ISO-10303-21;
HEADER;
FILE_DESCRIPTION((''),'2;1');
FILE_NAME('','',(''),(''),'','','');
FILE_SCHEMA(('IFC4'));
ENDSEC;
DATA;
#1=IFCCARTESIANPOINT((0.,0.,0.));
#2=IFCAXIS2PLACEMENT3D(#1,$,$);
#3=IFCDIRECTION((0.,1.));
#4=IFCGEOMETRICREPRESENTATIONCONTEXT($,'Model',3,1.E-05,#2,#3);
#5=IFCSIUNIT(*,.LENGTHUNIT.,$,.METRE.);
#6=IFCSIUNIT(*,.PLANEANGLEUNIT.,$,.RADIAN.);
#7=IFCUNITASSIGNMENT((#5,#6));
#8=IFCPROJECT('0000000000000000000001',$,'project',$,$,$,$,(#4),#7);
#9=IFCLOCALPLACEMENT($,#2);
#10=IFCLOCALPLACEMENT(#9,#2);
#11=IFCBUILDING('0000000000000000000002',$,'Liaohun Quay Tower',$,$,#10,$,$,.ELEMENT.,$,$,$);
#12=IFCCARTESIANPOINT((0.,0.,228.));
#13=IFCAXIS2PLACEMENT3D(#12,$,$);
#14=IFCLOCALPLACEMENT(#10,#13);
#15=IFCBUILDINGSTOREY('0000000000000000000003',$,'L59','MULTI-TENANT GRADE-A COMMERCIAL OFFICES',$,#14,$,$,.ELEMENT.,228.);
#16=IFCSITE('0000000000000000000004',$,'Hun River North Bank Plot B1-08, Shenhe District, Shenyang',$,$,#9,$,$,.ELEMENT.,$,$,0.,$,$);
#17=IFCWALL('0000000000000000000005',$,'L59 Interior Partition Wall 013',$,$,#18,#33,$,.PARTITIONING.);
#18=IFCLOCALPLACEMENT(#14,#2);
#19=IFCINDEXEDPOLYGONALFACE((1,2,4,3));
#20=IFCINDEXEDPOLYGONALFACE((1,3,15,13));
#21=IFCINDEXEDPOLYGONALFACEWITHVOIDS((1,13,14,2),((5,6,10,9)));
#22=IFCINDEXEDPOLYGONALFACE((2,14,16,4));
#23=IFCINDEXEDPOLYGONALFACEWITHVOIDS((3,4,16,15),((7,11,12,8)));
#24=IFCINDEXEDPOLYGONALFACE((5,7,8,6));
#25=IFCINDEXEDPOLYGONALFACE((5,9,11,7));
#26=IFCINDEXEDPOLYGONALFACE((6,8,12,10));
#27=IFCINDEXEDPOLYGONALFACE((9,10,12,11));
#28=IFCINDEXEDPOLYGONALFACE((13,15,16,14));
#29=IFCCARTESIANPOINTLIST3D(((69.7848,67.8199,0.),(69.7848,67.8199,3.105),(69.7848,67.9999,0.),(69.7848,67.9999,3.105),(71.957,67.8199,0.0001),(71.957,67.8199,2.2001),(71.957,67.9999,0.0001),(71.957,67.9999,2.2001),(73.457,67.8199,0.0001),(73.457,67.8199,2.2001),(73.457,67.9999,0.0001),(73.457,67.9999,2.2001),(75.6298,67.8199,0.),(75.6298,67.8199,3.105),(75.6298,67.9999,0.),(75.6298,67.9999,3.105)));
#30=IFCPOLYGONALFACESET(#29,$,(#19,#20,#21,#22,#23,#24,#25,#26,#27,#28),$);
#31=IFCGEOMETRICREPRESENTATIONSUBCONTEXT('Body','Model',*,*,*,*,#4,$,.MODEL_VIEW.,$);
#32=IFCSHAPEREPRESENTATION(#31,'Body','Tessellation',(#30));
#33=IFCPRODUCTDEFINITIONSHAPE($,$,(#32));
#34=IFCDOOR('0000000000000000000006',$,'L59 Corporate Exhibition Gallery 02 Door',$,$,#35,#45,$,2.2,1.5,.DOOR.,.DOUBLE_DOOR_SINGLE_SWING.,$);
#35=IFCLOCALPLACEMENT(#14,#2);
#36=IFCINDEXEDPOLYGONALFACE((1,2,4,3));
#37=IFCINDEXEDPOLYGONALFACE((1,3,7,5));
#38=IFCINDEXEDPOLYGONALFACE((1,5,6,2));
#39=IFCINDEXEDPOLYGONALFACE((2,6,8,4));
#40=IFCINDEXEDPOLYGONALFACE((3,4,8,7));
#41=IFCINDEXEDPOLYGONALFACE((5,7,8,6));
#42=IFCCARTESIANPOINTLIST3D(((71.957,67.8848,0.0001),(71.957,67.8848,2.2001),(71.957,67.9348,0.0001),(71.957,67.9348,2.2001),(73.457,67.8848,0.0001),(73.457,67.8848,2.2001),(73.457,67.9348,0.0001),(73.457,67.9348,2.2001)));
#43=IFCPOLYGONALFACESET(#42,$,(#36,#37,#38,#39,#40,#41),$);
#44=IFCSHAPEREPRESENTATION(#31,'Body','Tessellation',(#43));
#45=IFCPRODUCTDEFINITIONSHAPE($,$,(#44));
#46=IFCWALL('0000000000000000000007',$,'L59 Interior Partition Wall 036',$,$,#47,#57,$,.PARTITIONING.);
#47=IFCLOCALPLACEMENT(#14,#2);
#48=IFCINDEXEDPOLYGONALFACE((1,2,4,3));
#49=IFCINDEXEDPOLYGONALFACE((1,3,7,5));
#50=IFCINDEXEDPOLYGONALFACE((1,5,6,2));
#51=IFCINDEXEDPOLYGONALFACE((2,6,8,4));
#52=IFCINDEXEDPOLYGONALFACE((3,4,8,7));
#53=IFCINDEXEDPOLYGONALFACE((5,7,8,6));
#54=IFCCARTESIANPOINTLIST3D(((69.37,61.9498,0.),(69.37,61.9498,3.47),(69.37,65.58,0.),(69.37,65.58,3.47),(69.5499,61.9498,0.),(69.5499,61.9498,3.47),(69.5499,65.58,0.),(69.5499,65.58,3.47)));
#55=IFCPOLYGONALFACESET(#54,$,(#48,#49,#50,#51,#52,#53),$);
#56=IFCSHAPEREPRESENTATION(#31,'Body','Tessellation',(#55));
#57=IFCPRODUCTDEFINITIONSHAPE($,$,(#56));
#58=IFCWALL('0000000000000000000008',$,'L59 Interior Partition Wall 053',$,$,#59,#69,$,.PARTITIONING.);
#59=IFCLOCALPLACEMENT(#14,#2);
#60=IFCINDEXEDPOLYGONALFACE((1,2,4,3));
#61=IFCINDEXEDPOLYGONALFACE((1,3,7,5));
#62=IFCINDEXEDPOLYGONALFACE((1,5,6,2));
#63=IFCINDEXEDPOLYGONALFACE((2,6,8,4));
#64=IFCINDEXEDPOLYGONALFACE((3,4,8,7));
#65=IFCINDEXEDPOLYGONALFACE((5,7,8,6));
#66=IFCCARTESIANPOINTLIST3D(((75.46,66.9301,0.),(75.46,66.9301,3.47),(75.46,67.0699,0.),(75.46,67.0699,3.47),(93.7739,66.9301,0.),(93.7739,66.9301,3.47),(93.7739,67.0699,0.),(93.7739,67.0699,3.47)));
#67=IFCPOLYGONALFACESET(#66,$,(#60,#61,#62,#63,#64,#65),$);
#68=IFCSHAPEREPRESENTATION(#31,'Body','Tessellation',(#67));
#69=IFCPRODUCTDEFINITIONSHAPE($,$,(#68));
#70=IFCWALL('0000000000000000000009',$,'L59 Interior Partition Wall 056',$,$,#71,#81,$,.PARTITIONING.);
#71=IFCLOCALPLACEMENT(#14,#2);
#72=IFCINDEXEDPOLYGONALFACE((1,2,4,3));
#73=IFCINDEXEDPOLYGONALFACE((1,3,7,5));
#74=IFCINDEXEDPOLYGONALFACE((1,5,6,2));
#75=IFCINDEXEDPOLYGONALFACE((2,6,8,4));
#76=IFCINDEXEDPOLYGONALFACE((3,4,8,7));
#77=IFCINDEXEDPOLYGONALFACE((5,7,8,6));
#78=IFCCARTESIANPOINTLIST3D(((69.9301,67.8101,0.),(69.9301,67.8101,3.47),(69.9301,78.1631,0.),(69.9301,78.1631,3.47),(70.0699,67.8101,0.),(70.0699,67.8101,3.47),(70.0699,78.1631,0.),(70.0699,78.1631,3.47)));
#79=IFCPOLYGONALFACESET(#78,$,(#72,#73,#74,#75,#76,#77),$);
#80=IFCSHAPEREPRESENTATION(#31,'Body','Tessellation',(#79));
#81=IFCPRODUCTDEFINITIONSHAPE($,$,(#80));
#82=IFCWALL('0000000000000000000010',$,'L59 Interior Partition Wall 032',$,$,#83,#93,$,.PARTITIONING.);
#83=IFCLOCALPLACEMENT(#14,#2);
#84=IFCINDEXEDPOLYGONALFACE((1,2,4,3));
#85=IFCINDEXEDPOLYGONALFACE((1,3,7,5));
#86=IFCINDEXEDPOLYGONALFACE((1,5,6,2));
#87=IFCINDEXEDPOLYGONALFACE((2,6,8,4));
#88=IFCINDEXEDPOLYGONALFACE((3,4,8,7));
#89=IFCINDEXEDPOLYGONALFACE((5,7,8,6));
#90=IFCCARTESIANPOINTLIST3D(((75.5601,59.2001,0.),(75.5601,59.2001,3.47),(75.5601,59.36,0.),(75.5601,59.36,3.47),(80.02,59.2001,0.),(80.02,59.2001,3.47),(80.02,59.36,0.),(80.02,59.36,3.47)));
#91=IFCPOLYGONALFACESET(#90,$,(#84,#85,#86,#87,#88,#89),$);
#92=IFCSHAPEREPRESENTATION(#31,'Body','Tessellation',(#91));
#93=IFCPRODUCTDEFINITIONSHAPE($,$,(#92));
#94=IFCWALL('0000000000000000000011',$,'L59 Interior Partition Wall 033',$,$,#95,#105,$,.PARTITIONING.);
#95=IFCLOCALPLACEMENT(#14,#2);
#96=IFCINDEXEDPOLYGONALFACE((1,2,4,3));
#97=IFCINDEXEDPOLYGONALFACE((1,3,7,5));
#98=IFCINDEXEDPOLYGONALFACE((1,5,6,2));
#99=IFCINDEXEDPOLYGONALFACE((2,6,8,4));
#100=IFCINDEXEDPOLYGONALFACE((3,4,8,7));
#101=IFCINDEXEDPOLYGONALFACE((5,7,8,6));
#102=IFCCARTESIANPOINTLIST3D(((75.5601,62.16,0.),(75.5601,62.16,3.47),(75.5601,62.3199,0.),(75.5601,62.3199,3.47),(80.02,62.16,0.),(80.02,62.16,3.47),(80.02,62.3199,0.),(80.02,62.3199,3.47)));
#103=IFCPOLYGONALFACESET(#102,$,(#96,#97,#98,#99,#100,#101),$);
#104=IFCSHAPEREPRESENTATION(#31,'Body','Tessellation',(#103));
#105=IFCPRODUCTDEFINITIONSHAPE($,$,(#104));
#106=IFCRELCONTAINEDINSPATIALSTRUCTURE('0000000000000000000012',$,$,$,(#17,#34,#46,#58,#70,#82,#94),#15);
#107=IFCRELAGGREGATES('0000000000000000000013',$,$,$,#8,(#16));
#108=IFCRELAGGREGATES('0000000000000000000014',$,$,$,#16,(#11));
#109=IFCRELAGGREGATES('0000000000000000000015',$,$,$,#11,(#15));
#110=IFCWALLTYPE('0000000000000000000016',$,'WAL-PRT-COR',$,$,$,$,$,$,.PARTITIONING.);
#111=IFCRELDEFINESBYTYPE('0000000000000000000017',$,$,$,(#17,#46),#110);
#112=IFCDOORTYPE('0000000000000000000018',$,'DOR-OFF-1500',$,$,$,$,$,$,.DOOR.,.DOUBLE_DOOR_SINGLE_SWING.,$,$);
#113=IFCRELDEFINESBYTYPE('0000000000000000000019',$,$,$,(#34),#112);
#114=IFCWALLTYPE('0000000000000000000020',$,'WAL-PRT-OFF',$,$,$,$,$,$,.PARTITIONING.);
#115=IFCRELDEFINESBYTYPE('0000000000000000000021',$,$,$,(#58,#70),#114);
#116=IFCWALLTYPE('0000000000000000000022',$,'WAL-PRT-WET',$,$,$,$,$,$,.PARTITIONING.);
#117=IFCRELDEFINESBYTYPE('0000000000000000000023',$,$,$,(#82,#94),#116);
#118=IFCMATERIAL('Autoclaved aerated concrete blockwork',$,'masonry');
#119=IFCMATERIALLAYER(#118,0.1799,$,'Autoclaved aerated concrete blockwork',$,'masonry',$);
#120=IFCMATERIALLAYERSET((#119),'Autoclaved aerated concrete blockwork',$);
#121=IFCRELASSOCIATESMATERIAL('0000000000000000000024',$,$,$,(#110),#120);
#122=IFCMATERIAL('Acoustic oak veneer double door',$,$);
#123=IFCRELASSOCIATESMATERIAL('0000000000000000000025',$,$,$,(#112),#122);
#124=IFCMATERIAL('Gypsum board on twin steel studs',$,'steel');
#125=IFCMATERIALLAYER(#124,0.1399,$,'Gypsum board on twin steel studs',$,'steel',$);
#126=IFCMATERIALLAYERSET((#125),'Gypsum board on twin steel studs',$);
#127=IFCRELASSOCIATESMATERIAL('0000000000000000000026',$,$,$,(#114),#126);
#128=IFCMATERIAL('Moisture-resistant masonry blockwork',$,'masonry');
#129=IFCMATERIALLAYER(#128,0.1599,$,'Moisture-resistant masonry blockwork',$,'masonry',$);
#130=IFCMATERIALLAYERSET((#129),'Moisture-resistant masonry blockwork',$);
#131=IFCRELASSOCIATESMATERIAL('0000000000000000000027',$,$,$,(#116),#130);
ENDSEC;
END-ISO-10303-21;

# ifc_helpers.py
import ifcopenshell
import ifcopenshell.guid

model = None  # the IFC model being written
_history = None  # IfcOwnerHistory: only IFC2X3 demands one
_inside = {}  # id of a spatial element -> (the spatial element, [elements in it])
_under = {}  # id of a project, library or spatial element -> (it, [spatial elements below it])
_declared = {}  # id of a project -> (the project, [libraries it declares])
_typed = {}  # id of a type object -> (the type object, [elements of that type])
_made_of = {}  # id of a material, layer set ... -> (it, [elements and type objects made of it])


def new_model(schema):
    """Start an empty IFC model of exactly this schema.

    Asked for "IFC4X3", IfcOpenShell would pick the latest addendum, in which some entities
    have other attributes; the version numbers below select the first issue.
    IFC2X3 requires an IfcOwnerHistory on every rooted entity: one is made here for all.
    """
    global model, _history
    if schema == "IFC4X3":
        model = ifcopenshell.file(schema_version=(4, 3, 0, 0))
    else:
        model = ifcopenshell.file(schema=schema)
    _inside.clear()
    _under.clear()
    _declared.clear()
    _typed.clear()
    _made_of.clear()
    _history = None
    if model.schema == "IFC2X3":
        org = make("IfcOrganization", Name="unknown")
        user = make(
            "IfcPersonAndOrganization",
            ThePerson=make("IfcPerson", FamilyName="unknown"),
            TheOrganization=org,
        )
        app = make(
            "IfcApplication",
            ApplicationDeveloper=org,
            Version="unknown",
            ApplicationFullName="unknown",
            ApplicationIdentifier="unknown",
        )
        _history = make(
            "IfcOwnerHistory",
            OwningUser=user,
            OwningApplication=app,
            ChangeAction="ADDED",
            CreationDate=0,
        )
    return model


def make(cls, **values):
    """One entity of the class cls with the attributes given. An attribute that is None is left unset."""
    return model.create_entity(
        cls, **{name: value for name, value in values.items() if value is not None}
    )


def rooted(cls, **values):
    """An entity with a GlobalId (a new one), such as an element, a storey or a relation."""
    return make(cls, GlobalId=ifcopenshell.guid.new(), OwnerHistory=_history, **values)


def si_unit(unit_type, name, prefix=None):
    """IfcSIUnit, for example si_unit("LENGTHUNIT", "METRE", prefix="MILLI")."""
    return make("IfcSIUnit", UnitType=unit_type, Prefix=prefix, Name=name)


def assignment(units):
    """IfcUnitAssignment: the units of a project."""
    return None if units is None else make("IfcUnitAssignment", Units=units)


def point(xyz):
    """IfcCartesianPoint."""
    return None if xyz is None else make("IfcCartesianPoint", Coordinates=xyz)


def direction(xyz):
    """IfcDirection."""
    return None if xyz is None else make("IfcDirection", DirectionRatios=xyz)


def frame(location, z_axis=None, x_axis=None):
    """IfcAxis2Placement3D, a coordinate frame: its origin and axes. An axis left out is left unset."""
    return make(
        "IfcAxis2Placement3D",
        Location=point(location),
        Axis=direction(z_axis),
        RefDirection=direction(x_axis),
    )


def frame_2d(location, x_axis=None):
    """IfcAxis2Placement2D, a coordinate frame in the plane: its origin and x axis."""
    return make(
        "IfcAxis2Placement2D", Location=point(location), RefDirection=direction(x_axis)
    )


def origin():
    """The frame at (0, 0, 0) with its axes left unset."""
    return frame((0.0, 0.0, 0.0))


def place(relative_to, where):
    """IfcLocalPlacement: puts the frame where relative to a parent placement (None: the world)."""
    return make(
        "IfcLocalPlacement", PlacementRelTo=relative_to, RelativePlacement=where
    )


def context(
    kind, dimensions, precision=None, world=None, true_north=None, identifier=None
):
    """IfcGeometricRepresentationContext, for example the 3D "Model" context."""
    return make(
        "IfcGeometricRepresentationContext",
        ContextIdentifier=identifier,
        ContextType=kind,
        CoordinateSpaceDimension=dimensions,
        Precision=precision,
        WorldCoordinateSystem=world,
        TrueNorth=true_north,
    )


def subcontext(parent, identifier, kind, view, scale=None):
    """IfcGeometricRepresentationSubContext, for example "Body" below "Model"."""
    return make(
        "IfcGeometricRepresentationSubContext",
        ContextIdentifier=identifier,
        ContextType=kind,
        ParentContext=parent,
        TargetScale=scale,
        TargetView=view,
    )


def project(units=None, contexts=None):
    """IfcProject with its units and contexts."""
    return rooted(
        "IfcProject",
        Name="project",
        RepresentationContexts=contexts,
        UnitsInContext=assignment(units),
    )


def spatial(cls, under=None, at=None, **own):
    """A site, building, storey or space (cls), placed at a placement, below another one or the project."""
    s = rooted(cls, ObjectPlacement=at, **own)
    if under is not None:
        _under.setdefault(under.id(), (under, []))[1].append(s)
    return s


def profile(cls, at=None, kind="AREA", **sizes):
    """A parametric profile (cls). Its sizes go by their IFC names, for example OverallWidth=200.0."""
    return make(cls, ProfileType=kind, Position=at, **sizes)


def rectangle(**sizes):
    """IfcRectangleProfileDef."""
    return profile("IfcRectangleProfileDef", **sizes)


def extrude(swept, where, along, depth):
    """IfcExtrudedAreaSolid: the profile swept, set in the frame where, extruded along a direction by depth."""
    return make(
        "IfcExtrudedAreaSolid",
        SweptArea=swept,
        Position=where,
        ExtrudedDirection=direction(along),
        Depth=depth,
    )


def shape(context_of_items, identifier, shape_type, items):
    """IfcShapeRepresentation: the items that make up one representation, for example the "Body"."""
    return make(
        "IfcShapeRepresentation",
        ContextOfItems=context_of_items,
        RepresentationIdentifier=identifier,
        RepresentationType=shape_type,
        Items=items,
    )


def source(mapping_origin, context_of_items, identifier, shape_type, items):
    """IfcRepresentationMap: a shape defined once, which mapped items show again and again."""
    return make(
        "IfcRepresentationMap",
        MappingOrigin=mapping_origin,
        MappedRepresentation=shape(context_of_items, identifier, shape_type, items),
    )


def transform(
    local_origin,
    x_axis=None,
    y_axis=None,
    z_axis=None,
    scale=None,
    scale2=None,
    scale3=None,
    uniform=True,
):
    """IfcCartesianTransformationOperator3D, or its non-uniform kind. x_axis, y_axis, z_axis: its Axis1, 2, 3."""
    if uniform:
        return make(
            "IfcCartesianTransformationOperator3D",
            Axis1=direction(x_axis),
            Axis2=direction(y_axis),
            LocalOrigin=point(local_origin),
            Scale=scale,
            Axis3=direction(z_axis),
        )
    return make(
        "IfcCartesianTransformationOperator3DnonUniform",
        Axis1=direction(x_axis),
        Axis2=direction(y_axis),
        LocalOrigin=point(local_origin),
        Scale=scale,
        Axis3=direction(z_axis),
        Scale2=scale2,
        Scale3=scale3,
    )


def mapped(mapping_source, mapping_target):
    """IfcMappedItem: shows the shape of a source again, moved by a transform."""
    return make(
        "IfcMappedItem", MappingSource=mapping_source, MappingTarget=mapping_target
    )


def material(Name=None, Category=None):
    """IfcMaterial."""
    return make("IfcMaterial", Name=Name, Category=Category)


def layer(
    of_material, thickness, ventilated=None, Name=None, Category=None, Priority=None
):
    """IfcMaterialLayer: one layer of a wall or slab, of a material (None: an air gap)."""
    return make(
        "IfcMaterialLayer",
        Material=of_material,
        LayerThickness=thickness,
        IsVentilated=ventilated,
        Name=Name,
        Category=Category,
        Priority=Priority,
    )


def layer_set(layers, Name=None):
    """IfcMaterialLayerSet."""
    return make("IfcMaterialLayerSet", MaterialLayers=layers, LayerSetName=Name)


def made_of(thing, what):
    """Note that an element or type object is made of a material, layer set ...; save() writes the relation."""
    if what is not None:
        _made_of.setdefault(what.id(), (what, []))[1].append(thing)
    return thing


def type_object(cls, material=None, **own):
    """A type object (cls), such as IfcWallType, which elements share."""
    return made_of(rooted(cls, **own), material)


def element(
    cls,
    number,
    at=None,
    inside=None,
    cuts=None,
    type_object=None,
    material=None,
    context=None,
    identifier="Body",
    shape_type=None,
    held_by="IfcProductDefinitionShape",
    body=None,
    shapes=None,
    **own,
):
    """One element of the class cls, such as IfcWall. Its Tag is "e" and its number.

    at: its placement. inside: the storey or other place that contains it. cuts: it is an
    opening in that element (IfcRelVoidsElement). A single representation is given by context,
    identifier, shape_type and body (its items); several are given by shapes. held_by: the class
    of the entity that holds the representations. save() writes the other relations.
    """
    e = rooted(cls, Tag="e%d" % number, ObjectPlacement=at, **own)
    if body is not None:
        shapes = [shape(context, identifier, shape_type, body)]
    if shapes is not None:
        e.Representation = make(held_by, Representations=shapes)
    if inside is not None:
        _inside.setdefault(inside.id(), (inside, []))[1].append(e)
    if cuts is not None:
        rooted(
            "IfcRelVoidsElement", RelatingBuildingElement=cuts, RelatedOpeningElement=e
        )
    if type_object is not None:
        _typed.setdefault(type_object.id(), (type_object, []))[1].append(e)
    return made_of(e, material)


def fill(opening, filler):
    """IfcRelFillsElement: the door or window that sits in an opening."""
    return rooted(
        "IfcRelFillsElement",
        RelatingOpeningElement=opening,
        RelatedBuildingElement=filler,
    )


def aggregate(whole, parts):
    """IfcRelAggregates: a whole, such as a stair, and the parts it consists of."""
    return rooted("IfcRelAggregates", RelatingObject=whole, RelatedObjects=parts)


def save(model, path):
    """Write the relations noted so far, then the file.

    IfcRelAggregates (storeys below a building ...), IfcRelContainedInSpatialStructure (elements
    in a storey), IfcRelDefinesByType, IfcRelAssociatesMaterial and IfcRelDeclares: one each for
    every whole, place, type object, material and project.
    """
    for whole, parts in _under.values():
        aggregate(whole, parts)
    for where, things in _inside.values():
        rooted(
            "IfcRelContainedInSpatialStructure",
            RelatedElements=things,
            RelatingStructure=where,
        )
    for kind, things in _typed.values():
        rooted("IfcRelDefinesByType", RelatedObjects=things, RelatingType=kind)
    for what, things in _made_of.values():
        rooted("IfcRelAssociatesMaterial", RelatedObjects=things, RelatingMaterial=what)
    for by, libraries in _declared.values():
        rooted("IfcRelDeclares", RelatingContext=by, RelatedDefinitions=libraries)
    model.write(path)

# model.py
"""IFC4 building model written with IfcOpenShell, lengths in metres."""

from ifc_helpers import new_model, si_unit, direction, frame, frame_2d, origin, place, context, subcontext, project, spatial, rectangle, extrude, source, transform, mapped, material, layer, layer_set, type_object, element, fill, save


model = new_model("IFC4")

# Units and contexts
model_context = context("Model", 3, precision=1e-05, world=origin(), true_north=direction((0.0, 1.0)))
body_context = subcontext(model_context, "Body", "Model", "MODEL_VIEW")
ifc_project = project(units=[si_unit("LENGTHUNIT", "METRE"), si_unit("PLANEANGLEUNIT", "RADIAN")], contexts=[model_context])

# Site, building, storey
site_placement = place(None, origin())
site = spatial("IfcSite", under=ifc_project, at=site_placement, Name="Hun River North Bank Plot B1-08, Shenhe District, Shenyang", CompositionType="ELEMENT", RefElevation=0.0)
building_placement = place(site_placement, origin())
building = spatial("IfcBuilding", under=site, at=building_placement, Name="Liaohun Quay Tower", CompositionType="ELEMENT")
storey_placement = place(building_placement, frame((0.0, 0.0, 228.0)))
storey = spatial("IfcBuildingStorey", under=building, at=storey_placement, Name="L59", Description="MULTI-TENANT GRADE-A COMMERCIAL OFFICES", CompositionType="ELEMENT", Elevation=228.0)

# Wall, opening, door
ifc_material_1 = material(Name="Autoclaved aerated concrete blockwork", Category="masonry")
ifc_layer_1 = layer(ifc_material_1, 0.1799, Name="Autoclaved aerated concrete blockwork", Category="masonry")
ifc_layer_set_1 = layer_set([ifc_layer_1], Name="Autoclaved aerated concrete blockwork")
wall_type_1 = type_object("IfcWallType", Name="WAL-PRT-COR", PredefinedType="PARTITIONING", material=ifc_layer_set_1)
wall_1_placement = place(storey_placement, frame((69.7849, 67.9099, 0.0), z_axis=(0.0, 0.0, 1.0), x_axis=(1.0, 0.0, 0.0)))
wall_1 = element("IfcWall", 1, at=wall_1_placement, inside=storey, type_object=wall_type_1, Name="L59 Interior Partition Wall 013", PredefinedType="PARTITIONING", context=body_context, shape_type="SweptSolid", body=[
    extrude(rectangle(XDim=5.845, YDim=0.1799, at=frame_2d((2.9224, 0.0))), origin(), (0.0, 0.0, 1.0), 3.105),
])
shared_shape_1 = source(origin(), body_context, "Body", "SweptSolid", [
    extrude(rectangle(XDim=1.5, YDim=2.2, at=frame_2d((0.75, 1.1001))), frame((0.0, 0.0999, 0.0), z_axis=(0.0, -1.0, 0.0), x_axis=(1.0, 0.0, 0.0)), (0.0, 0.0, 1.0), 0.2),
])
opening_1_placement = place(wall_1_placement, frame((2.1721, 0.0, 0.0)))
opening_1 = element("IfcOpeningElement", 2, at=opening_1_placement, cuts=wall_1, PredefinedType="OPENING", context=body_context, shape_type="MappedRepresentation", body=[
    mapped(shared_shape_1, transform((0.0, 0.0, 0.0), x_axis=(1.0, 0.0, 0.0), y_axis=(0.0, 1.0, 0.0), z_axis=(0.0, 0.0, 1.0), scale=1.0)),
])
ifc_material_2 = material(Name="Acoustic oak veneer double door")
door_type_1 = type_object("IfcDoorType", Name="DOR-OFF-1500", OperationType="DOUBLE_DOOR_SINGLE_SWING", PredefinedType="DOOR", material=ifc_material_2)
shared_shape_2 = source(origin(), body_context, "Body", "SweptSolid", [
    extrude(rectangle(XDim=1.5, YDim=2.2, at=frame_2d((0.75, 1.1001))), frame((0.0, 0.0249, 0.0), z_axis=(0.0, -1.0, 0.0), x_axis=(1.0, 0.0, 0.0)), (0.0, 0.0, 1.0), 0.05),
])
door_1_placement = place(opening_1_placement, origin())
door_1 = element("IfcDoor", 3, at=door_1_placement, inside=storey, type_object=door_type_1, Name="L59 Corporate Exhibition Gallery 02 Door", OperationType="DOUBLE_DOOR_SINGLE_SWING", OverallHeight=2.2, OverallWidth=1.5, PredefinedType="DOOR", context=body_context, shape_type="MappedRepresentation", body=[
    mapped(shared_shape_2, transform((0.0, 0.0, 0.0), x_axis=(1.0, 0.0, 0.0), y_axis=(0.0, 1.0, 0.0), z_axis=(0.0, 0.0, 1.0), scale=1.0)),
])
fill(opening_1, door_1)

# Walls
wall_2_placement = place(storey_placement, frame((69.46, 61.95, 0.0), z_axis=(0.0, 0.0, 1.0), x_axis=(0.0, 1.0, 0.0)))
element("IfcWall", 4, at=wall_2_placement, inside=storey, type_object=wall_type_1, Name="L59 Interior Partition Wall 036", PredefinedType="PARTITIONING", context=body_context, shape_type="SweptSolid", body=[
    extrude(rectangle(XDim=3.6301, YDim=0.1799, at=frame_2d((1.8149, 0.0))), origin(), (0.0, 0.0, 1.0), 3.47),
])
ifc_material_3 = material(Name="Gypsum board on twin steel studs", Category="steel")
ifc_layer_2 = layer(ifc_material_3, 0.1399, Name="Gypsum board on twin steel studs", Category="steel")
ifc_layer_set_2 = layer_set([ifc_layer_2], Name="Gypsum board on twin steel studs")
wall_type_2 = type_object("IfcWallType", Name="WAL-PRT-OFF", PredefinedType="PARTITIONING", material=ifc_layer_set_2)
wall_3_placement = place(storey_placement, frame((75.46, 67.0, 0.0), z_axis=(0.0, 0.0, 1.0), x_axis=(1.0, 0.0, 0.0)))
element("IfcWall", 5, at=wall_3_placement, inside=storey, type_object=wall_type_2, Name="L59 Interior Partition Wall 053", PredefinedType="PARTITIONING", context=body_context, shape_type="SweptSolid", body=[
    extrude(rectangle(XDim=18.314, YDim=0.1399, at=frame_2d((9.157, 0.0))), origin(), (0.0, 0.0, 1.0), 3.47),
])
wall_4_placement = place(storey_placement, frame((70.0, 67.8101, 0.0), z_axis=(0.0, 0.0, 1.0), x_axis=(0.0, 1.0, 0.0)))
element("IfcWall", 6, at=wall_4_placement, inside=storey, type_object=wall_type_2, Name="L59 Interior Partition Wall 056", PredefinedType="PARTITIONING", context=body_context, shape_type="SweptSolid", body=[
    extrude(rectangle(XDim=10.353, YDim=0.1399, at=frame_2d((5.1765, 0.0))), origin(), (0.0, 0.0, 1.0), 3.47),
])

# Shared definitions
ifc_material_4 = material(Name="Moisture-resistant masonry blockwork", Category="masonry")
ifc_layer_3 = layer(ifc_material_4, 0.1599, Name="Moisture-resistant masonry blockwork", Category="masonry")
ifc_layer_set_3 = layer_set([ifc_layer_3], Name="Moisture-resistant masonry blockwork")
wall_type_3 = type_object("IfcWallType", Name="WAL-PRT-WET", PredefinedType="PARTITIONING", material=ifc_layer_set_3)

# Walls
for number, where, z_axis, x_axis, name in (
    (7, (75.5601, 59.28, 0.0), (0.0, 0.0, 1.0), (1.0, 0.0, 0.0), "L59 Interior Partition Wall 032"),
    (8, (75.5601, 62.24, 0.0), (0.0, 0.0, 1.0), (1.0, 0.0, 0.0), "L59 Interior Partition Wall 033"),
):
    element("IfcWall", number, at=place(storey_placement, frame(where, z_axis=z_axis, x_axis=x_axis)), inside=storey, type_object=wall_type_3, Name=name, PredefinedType="PARTITIONING", context=body_context, shape_type="SweptSolid", body=[
        extrude(rectangle(XDim=4.46, YDim=0.1599, at=frame_2d((2.23, 0.0))), origin(), (0.0, 0.0, 1.0), 3.47),
    ])

save(model, "model.ifc")
